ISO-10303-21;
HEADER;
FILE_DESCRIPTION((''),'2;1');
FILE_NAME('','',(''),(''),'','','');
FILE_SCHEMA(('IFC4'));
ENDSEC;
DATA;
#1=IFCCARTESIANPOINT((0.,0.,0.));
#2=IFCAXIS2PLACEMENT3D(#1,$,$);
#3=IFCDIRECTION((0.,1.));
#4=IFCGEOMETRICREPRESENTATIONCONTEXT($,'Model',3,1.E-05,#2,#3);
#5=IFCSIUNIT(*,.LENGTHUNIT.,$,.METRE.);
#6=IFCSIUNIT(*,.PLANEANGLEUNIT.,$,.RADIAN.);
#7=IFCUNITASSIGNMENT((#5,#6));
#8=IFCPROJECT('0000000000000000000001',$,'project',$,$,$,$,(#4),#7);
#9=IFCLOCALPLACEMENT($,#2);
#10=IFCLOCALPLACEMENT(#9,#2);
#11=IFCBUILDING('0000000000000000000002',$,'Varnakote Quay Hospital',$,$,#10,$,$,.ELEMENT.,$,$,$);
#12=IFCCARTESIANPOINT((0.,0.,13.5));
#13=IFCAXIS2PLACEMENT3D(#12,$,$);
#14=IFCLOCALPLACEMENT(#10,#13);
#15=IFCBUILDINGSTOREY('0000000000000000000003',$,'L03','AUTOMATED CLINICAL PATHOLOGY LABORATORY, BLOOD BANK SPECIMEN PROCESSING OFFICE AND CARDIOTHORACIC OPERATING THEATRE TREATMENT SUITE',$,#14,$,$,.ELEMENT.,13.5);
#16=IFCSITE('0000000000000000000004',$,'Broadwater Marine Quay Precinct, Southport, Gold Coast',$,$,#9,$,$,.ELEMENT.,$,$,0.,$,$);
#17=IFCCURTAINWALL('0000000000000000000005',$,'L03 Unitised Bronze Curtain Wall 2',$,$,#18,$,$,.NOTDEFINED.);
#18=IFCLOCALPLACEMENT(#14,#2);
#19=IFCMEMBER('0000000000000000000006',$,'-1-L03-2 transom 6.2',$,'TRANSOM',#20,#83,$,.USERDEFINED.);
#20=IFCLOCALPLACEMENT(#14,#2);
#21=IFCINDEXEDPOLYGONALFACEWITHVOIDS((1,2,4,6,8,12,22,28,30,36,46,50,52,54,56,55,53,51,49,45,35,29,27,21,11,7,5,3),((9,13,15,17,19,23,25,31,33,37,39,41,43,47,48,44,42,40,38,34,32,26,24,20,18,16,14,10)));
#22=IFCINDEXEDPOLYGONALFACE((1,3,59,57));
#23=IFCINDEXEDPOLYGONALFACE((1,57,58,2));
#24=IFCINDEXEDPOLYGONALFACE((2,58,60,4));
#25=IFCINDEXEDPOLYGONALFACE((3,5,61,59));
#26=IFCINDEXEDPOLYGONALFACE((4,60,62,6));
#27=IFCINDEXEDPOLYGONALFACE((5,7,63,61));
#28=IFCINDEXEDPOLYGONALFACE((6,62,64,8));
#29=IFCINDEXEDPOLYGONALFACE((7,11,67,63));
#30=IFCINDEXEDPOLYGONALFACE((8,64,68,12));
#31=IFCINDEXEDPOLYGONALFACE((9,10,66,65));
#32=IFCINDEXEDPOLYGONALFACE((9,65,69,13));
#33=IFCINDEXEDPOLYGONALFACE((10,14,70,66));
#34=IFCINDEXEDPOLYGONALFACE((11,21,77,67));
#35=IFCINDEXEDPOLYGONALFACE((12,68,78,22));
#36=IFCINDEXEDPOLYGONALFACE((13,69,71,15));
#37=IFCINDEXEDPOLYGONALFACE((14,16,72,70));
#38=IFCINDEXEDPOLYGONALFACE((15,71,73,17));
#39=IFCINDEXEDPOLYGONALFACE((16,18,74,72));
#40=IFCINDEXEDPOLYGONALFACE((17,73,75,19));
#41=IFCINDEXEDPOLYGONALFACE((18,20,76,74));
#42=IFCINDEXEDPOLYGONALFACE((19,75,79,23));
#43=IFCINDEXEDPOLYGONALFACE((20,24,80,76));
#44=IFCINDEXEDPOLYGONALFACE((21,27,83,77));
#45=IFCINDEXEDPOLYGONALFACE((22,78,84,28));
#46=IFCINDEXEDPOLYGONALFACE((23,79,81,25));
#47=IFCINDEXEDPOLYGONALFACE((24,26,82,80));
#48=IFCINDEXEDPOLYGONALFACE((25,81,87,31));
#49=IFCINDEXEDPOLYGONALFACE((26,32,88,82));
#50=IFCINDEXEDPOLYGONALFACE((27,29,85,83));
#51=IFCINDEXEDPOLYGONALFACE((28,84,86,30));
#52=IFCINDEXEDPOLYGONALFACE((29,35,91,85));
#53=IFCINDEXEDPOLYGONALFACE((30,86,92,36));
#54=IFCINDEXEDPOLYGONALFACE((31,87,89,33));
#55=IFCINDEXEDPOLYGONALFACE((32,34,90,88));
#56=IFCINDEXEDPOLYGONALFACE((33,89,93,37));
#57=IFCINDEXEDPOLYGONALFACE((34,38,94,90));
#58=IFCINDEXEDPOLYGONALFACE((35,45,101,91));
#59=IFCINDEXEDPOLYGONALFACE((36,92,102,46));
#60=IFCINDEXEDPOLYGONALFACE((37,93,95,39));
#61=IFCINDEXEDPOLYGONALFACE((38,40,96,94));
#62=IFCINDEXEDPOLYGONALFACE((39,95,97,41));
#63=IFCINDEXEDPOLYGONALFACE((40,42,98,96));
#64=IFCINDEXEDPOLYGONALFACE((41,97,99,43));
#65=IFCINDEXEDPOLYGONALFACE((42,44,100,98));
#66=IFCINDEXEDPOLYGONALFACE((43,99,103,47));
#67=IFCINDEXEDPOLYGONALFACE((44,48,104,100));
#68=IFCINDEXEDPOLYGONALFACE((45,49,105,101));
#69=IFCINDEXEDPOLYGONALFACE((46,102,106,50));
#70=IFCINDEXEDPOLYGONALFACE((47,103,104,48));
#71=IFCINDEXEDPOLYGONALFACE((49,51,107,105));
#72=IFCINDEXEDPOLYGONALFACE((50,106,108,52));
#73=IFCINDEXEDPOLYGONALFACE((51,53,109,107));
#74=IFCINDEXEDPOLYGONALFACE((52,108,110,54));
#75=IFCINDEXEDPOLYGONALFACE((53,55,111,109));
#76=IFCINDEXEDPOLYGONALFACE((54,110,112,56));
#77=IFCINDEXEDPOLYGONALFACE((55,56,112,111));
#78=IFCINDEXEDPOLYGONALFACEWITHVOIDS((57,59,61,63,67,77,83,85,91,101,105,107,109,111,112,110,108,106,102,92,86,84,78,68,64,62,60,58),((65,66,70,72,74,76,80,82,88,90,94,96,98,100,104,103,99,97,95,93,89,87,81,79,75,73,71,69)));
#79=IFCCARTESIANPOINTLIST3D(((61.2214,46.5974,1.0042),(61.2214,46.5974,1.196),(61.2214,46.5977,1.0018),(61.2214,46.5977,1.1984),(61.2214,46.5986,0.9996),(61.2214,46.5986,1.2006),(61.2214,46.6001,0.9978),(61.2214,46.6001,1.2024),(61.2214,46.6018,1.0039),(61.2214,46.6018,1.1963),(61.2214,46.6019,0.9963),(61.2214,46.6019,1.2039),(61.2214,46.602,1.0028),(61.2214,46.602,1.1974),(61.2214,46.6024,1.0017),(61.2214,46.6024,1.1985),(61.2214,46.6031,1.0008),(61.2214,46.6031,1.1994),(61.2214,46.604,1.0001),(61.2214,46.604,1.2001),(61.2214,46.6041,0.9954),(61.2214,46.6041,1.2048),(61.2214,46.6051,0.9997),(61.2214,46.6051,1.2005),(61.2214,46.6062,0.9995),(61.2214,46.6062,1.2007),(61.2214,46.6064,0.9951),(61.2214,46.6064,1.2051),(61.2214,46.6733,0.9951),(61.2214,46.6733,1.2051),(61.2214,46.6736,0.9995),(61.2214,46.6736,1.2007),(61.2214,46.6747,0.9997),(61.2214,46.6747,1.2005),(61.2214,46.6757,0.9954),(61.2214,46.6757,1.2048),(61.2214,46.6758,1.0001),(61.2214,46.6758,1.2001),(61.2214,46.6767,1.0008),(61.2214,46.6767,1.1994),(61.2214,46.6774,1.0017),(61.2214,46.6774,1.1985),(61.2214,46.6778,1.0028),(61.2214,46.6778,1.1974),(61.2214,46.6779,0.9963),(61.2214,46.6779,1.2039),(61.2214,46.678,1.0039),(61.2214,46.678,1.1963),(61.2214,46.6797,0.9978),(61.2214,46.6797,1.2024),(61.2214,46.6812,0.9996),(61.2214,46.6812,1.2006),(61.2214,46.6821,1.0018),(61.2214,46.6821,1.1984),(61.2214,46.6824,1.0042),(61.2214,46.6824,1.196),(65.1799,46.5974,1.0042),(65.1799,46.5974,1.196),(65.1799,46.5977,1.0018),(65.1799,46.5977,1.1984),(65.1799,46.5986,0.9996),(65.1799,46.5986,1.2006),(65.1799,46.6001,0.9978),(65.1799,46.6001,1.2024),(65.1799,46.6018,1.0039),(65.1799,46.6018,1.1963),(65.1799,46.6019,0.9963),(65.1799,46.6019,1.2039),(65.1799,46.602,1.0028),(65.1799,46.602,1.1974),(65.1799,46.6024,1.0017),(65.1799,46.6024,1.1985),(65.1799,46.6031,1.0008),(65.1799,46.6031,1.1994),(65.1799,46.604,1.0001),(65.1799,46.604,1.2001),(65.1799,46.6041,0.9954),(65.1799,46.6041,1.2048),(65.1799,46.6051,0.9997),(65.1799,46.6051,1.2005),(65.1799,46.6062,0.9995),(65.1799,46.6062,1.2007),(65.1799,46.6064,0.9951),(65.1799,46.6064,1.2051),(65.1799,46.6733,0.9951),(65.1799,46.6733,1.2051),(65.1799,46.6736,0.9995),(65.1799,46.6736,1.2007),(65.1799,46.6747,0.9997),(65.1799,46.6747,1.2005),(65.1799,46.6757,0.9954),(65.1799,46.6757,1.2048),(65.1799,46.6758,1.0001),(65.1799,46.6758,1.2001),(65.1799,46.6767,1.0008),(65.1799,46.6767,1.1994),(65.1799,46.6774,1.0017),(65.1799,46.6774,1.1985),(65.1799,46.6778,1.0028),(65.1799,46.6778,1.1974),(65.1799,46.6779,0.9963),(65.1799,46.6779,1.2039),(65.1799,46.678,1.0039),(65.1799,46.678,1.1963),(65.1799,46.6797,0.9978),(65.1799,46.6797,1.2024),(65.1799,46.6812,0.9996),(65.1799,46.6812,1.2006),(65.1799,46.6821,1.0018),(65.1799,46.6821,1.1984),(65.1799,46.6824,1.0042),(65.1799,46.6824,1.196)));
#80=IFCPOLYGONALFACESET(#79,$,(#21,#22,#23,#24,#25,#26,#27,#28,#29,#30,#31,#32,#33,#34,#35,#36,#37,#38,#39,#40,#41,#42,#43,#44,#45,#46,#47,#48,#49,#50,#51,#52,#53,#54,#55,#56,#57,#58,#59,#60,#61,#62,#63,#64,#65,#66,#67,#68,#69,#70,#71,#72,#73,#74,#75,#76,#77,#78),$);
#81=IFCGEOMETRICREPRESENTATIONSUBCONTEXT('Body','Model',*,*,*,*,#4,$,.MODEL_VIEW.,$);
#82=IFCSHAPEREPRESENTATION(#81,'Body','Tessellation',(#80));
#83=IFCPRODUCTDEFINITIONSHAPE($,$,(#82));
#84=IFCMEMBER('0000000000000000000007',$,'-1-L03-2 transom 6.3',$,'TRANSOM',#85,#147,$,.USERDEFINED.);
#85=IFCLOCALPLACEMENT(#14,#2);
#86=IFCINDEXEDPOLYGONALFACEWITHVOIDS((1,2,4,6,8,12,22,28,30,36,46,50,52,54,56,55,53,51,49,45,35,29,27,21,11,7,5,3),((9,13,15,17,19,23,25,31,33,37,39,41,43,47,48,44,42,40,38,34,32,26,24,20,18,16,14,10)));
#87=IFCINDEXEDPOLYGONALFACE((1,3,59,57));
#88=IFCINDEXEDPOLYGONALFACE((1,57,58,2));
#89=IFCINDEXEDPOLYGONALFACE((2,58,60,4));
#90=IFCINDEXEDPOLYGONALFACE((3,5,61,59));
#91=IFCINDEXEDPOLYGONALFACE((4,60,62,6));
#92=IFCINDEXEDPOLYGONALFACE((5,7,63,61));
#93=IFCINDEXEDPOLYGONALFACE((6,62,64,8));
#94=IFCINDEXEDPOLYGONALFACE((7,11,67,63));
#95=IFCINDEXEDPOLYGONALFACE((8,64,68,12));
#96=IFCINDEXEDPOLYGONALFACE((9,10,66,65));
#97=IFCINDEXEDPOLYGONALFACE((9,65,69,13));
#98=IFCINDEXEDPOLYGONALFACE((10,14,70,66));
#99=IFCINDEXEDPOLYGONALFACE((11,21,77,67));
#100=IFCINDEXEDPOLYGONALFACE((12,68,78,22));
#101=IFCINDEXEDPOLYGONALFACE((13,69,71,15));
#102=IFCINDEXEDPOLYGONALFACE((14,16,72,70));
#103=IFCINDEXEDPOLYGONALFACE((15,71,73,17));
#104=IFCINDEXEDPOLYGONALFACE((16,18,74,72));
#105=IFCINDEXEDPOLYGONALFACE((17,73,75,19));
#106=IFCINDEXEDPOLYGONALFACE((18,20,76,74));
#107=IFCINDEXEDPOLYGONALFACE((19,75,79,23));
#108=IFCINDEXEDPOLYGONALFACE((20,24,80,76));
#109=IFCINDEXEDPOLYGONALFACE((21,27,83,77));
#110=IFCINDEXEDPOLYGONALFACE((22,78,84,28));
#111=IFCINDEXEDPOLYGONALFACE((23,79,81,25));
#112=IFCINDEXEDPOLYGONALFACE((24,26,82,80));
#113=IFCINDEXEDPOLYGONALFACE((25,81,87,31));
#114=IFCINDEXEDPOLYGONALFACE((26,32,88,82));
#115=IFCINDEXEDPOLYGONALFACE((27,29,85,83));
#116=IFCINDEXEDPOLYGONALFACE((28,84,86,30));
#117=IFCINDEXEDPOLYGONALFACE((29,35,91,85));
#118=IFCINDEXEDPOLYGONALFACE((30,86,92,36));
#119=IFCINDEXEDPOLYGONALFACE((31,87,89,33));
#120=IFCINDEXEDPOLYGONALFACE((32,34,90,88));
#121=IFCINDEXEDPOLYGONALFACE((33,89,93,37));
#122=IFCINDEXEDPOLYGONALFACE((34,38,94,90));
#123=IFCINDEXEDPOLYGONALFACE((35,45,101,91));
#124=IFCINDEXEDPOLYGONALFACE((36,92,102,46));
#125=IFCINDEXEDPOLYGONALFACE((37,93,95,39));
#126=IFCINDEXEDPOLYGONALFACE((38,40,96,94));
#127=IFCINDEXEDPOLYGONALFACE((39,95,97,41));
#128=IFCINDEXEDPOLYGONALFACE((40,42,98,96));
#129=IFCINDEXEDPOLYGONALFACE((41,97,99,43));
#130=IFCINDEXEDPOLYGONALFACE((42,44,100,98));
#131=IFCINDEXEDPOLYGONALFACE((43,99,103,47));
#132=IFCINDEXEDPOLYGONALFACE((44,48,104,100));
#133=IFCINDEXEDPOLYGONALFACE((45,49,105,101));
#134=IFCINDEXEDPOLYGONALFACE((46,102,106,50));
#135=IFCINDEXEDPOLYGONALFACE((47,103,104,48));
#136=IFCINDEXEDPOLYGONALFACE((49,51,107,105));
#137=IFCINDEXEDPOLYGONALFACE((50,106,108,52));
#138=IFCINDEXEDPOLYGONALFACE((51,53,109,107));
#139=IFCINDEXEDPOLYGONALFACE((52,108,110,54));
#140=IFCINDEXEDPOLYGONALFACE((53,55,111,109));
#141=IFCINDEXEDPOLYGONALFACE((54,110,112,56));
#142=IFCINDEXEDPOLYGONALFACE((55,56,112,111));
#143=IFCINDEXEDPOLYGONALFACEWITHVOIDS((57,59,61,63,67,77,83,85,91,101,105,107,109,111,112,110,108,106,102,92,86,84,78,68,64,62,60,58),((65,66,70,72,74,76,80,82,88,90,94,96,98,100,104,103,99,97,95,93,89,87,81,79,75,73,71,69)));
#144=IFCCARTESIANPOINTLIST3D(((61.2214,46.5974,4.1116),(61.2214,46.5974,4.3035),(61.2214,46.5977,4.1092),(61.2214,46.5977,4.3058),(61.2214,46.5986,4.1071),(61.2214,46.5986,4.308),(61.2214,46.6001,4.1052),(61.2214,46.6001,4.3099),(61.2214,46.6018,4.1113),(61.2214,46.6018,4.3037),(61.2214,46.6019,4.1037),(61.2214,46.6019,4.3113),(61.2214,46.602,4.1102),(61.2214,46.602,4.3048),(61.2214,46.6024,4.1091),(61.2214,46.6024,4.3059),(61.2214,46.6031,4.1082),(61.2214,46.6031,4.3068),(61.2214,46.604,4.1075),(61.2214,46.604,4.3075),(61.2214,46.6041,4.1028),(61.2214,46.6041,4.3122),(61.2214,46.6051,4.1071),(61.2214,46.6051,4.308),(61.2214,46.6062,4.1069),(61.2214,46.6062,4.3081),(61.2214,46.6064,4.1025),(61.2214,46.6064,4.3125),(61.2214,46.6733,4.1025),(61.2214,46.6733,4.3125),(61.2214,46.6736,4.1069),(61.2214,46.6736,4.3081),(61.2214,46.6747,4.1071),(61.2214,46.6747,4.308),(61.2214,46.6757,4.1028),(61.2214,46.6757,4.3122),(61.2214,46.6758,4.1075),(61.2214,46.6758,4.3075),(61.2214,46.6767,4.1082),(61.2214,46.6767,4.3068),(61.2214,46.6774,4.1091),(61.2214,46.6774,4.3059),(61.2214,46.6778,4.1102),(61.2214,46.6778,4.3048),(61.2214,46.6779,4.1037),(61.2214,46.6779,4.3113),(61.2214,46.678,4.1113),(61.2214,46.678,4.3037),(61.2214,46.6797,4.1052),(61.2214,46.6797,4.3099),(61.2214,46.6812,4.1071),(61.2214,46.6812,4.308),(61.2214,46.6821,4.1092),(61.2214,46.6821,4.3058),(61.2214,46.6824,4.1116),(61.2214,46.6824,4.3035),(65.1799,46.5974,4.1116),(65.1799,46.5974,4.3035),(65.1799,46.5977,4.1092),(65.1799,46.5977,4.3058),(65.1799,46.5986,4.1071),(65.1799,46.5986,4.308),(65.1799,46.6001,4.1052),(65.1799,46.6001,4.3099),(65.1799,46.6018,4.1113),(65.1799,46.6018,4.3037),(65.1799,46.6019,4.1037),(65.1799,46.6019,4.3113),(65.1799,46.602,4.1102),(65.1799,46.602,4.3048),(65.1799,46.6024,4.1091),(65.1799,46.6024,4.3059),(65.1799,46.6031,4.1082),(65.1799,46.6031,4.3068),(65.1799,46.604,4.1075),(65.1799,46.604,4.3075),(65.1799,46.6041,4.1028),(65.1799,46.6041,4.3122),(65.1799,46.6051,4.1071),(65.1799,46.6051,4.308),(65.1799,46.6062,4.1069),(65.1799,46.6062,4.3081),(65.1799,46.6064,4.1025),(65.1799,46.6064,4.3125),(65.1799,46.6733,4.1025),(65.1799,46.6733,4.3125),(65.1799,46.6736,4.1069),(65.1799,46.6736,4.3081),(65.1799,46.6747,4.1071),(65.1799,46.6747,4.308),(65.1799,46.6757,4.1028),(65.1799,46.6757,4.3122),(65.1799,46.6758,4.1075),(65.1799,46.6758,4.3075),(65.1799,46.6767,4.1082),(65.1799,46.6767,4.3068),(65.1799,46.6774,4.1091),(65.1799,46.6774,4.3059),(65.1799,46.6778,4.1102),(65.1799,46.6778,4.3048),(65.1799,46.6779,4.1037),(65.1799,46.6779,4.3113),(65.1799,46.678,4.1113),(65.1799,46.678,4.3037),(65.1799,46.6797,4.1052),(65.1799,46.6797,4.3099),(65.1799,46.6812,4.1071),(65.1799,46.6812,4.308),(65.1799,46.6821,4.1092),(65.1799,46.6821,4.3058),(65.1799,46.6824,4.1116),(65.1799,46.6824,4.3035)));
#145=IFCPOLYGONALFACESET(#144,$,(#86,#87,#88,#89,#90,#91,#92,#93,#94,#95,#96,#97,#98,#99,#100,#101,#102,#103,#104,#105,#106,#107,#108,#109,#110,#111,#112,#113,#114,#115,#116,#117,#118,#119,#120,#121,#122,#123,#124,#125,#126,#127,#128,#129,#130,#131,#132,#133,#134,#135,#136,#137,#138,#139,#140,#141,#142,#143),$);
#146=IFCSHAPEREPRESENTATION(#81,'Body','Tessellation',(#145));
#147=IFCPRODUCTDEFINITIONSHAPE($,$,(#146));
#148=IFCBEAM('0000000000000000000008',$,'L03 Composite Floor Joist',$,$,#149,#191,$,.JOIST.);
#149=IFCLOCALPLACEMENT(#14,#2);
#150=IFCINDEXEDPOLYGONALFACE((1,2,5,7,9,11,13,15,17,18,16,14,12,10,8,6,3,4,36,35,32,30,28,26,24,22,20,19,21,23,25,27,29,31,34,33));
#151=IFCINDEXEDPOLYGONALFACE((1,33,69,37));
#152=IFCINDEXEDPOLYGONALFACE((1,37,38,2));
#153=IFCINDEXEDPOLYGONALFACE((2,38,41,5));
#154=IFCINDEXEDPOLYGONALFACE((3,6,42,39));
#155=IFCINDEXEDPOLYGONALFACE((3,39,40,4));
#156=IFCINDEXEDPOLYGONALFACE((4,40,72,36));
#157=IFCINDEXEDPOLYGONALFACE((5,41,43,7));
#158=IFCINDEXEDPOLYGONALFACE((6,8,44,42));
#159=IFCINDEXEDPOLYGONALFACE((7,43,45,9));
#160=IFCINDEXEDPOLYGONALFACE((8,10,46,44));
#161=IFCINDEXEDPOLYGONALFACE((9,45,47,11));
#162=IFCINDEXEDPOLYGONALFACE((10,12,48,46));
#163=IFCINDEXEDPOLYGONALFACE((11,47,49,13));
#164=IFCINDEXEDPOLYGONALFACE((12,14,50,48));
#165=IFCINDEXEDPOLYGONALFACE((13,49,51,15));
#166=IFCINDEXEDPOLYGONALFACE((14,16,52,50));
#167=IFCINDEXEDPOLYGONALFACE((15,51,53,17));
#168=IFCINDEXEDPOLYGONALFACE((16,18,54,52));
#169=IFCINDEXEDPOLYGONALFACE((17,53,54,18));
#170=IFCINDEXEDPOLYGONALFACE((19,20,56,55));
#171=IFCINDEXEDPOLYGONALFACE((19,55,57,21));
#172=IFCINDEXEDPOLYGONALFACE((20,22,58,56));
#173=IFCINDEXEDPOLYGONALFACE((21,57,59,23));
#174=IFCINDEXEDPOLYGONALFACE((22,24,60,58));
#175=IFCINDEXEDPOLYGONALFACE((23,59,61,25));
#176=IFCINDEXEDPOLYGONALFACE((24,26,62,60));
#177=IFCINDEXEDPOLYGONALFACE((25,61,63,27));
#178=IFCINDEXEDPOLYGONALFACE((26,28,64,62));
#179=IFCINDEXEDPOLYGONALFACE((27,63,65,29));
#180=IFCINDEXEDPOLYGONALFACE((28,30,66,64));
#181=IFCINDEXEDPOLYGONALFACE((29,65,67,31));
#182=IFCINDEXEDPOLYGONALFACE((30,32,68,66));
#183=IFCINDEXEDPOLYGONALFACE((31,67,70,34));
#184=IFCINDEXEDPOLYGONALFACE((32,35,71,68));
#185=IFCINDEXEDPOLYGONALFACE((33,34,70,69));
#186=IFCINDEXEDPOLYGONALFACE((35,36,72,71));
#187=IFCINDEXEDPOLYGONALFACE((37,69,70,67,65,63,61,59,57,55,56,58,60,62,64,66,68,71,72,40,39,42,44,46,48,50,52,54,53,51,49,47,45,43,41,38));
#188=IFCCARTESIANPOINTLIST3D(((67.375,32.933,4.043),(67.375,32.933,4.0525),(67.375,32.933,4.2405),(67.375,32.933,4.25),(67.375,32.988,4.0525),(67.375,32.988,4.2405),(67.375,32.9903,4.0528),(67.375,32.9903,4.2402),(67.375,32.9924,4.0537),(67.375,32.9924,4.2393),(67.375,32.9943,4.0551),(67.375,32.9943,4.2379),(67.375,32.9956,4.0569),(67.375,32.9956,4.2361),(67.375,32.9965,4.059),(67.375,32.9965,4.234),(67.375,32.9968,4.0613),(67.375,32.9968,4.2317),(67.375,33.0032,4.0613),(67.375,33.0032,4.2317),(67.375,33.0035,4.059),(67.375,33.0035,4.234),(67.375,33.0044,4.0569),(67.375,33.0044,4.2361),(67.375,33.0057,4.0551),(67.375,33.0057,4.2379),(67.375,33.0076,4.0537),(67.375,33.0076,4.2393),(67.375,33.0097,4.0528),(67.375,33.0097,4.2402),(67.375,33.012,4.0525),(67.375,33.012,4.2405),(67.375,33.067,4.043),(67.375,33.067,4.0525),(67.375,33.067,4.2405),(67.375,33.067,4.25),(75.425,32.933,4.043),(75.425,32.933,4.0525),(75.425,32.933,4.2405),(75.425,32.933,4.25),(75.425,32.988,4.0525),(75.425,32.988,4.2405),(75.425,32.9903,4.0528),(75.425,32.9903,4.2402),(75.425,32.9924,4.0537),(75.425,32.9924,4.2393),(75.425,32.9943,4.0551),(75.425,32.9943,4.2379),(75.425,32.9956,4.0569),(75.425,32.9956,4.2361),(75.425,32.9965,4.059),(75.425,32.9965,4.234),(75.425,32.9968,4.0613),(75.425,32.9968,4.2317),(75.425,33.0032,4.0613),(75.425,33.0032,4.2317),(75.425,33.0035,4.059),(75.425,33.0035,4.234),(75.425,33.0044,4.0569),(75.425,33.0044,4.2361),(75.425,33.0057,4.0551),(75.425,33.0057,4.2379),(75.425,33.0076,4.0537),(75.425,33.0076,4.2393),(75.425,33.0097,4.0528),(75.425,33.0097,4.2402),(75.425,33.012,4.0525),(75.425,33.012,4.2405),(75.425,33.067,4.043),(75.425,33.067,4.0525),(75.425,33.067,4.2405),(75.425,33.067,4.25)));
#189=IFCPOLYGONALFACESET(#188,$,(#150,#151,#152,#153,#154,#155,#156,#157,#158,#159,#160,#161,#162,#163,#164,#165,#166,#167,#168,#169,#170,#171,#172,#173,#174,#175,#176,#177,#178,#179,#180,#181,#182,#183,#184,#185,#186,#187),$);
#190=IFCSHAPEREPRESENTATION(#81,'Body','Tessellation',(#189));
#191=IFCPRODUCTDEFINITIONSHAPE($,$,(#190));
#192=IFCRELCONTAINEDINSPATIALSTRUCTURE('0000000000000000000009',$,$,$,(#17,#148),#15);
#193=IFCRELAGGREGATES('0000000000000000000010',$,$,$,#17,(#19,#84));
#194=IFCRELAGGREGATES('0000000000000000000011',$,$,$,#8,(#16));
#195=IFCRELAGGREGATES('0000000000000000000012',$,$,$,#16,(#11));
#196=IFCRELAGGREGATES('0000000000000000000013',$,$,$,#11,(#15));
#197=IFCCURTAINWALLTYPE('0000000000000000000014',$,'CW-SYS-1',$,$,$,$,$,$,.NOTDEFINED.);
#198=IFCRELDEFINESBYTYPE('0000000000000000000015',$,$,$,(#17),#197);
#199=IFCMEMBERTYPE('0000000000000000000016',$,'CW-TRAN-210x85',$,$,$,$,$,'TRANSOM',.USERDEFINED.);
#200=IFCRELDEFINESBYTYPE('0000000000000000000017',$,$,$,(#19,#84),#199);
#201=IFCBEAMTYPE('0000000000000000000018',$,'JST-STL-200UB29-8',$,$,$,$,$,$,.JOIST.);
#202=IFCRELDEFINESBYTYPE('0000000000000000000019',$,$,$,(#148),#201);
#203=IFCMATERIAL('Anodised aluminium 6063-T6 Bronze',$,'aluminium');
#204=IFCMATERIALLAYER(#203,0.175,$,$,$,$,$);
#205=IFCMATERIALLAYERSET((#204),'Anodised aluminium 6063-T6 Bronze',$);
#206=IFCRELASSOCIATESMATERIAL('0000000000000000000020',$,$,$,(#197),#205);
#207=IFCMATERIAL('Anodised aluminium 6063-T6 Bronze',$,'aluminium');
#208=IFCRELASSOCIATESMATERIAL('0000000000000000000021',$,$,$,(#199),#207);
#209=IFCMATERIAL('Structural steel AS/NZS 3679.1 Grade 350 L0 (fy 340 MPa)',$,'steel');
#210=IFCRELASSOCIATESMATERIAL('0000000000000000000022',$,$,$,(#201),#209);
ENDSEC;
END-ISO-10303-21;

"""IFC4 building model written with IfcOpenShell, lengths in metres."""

from ifc_helpers import new_model, si_unit, direction, frame, origin, origin_2d, place, context, subcontext, project, spatial, hollow_rectangle, i_section, extrude, material, layer, layer_set, material_profile, profile_set, type_object, element, aggregate, save


model = new_model("IFC4")

# Units and contexts
model_context = context("Model", 3, precision=1e-05, world=origin(), true_north=direction((0.0, 1.0)))
body_context = subcontext(model_context, "Body", "Model", "MODEL_VIEW")
ifc_project = project(units=[si_unit("LENGTHUNIT", "METRE"), si_unit("PLANEANGLEUNIT", "RADIAN")], contexts=[model_context])

# Site, building, storey
site_placement = place(None, origin())
site = spatial("IfcSite", under=ifc_project, at=site_placement, Name="Broadwater Marine Quay Precinct, Southport, Gold Coast", CompositionType="ELEMENT", RefElevation=0.0)
building_placement = place(site_placement, origin())
building = spatial("IfcBuilding", under=site, at=building_placement, Name="Varnakote Quay Hospital", CompositionType="ELEMENT")
storey_placement = place(building_placement, frame((0.0, 0.0, 13.5)))
storey = spatial("IfcBuildingStorey", under=building, at=storey_placement, Name="L03", Description="AUTOMATED CLINICAL PATHOLOGY LABORATORY, BLOOD BANK SPECIMEN PROCESSING OFFICE AND CARDIOTHORACIC OPERATING THEATRE TREATMENT SUITE", CompositionType="ELEMENT", Elevation=13.5)

# Curtain wall, members
ifc_material_1 = material(Name="Anodised aluminium 6063-T6 Bronze", Category="aluminium")
ifc_layer_1 = layer(ifc_material_1, 0.175)
ifc_layer_set_1 = layer_set([ifc_layer_1], Name="Anodised aluminium 6063-T6 Bronze")
curtain_wall_type = type_object("IfcCurtainWallType", Name="CW-SYS-1", PredefinedType="NOTDEFINED", material=ifc_layer_set_1)
curtain_wall_placement = place(storey_placement, origin())
curtain_wall = element("IfcCurtainWall", 1, at=curtain_wall_placement, inside=storey, type_object=curtain_wall_type, Name="L03 Unitised Bronze Curtain Wall 2", PredefinedType="NOTDEFINED")
ifc_material_2 = material(Name="Anodised aluminium 6063-T6 Bronze", Category="aluminium")
ifc_material_profile_1 = material_profile(ifc_material_2, hollow_rectangle(XDim=0.085, YDim=0.21, WallThickness=0.0044, InnerFilletRadius=0.0044, OuterFilletRadius=0.009, at=origin_2d()), Name="CW-TRAN-210x85")
ifc_profile_set_1 = profile_set([ifc_material_profile_1], Name="Anodised aluminium 6063-T6 Bronze")
member_type_1 = type_object("IfcMemberType", Name="CW-TRAN-210x85", ElementType="TRANSOM", PredefinedType="USERDEFINED", material=ifc_profile_set_1)
member_1_placement = place(storey_placement, frame((65.1799, 46.6399, 1.1001), z_axis=(-1.0, 0.0, 0.0), x_axis=(0.0, -1.0, 0.0)))
member_1 = element("IfcMember", 2, at=member_1_placement, type_object=member_type_1, Name="-1-L03-2 transom 6.2", ObjectType="TRANSOM", PredefinedType="USERDEFINED", context=body_context, shape_type="SweptSolid", body=[
    extrude(hollow_rectangle(XDim=0.085, YDim=0.21, WallThickness=0.0044, InnerFilletRadius=0.0044, OuterFilletRadius=0.009, at=origin_2d()), origin(), (0.0, 0.0, 1.0), 3.9585),
])
member_2_placement = place(storey_placement, frame((65.1799, 46.6399, 4.2075), z_axis=(-1.0, 0.0, 0.0), x_axis=(0.0, -1.0, 0.0)))
member_2 = element("IfcMember", 3, at=member_2_placement, type_object=member_type_1, Name="-1-L03-2 transom 6.3", ObjectType="TRANSOM", PredefinedType="USERDEFINED", context=body_context, shape_type="SweptSolid", body=[
    extrude(hollow_rectangle(XDim=0.085, YDim=0.21, WallThickness=0.0044, InnerFilletRadius=0.0044, OuterFilletRadius=0.009, at=origin_2d()), origin(), (0.0, 0.0, 1.0), 3.9585),
])

# Beam
ifc_material_3 = material(Name="Structural steel AS/NZS 3679.1 Grade 350 L0 (fy 340 MPa)", Category="steel")
ifc_material_profile_2 = material_profile(ifc_material_3, i_section(OverallWidth=0.134, OverallDepth=0.207, WebThickness=0.0063, FlangeThickness=0.0095, FilletRadius=0.0088, at=origin_2d()), Name="200UB29.8")
ifc_profile_set_2 = profile_set([ifc_material_profile_2], Name="Structural steel AS/NZS 3679.1 Grade 350 L0 (fy 340 MPa)")
beam_type_1 = type_object("IfcBeamType", Name="JST-STL-200UB29-8", PredefinedType="JOIST", material=ifc_profile_set_2)
for number, where, z_axis, x_axis, name in (
    (4, (67.375, 33.0, 4.1465), (1.0, 0.0, 0.0), (0.0, 1.0, 0.0), "L03 Composite Floor Joist"),
):
    element("IfcBeam", number, at=place(storey_placement, frame(where, z_axis=z_axis, x_axis=x_axis)), inside=storey, type_object=beam_type_1, Name=name, PredefinedType="JOIST", context=body_context, shape_type="SweptSolid", body=[
        extrude(i_section(OverallWidth=0.134, OverallDepth=0.207, WebThickness=0.0063, FlangeThickness=0.0095, FilletRadius=0.0088, at=origin_2d()), origin(), (0.0, 0.0, 1.0), 8.05),
    ])

aggregate(curtain_wall, [member_1, member_2])

save(model, "model.ifc")
